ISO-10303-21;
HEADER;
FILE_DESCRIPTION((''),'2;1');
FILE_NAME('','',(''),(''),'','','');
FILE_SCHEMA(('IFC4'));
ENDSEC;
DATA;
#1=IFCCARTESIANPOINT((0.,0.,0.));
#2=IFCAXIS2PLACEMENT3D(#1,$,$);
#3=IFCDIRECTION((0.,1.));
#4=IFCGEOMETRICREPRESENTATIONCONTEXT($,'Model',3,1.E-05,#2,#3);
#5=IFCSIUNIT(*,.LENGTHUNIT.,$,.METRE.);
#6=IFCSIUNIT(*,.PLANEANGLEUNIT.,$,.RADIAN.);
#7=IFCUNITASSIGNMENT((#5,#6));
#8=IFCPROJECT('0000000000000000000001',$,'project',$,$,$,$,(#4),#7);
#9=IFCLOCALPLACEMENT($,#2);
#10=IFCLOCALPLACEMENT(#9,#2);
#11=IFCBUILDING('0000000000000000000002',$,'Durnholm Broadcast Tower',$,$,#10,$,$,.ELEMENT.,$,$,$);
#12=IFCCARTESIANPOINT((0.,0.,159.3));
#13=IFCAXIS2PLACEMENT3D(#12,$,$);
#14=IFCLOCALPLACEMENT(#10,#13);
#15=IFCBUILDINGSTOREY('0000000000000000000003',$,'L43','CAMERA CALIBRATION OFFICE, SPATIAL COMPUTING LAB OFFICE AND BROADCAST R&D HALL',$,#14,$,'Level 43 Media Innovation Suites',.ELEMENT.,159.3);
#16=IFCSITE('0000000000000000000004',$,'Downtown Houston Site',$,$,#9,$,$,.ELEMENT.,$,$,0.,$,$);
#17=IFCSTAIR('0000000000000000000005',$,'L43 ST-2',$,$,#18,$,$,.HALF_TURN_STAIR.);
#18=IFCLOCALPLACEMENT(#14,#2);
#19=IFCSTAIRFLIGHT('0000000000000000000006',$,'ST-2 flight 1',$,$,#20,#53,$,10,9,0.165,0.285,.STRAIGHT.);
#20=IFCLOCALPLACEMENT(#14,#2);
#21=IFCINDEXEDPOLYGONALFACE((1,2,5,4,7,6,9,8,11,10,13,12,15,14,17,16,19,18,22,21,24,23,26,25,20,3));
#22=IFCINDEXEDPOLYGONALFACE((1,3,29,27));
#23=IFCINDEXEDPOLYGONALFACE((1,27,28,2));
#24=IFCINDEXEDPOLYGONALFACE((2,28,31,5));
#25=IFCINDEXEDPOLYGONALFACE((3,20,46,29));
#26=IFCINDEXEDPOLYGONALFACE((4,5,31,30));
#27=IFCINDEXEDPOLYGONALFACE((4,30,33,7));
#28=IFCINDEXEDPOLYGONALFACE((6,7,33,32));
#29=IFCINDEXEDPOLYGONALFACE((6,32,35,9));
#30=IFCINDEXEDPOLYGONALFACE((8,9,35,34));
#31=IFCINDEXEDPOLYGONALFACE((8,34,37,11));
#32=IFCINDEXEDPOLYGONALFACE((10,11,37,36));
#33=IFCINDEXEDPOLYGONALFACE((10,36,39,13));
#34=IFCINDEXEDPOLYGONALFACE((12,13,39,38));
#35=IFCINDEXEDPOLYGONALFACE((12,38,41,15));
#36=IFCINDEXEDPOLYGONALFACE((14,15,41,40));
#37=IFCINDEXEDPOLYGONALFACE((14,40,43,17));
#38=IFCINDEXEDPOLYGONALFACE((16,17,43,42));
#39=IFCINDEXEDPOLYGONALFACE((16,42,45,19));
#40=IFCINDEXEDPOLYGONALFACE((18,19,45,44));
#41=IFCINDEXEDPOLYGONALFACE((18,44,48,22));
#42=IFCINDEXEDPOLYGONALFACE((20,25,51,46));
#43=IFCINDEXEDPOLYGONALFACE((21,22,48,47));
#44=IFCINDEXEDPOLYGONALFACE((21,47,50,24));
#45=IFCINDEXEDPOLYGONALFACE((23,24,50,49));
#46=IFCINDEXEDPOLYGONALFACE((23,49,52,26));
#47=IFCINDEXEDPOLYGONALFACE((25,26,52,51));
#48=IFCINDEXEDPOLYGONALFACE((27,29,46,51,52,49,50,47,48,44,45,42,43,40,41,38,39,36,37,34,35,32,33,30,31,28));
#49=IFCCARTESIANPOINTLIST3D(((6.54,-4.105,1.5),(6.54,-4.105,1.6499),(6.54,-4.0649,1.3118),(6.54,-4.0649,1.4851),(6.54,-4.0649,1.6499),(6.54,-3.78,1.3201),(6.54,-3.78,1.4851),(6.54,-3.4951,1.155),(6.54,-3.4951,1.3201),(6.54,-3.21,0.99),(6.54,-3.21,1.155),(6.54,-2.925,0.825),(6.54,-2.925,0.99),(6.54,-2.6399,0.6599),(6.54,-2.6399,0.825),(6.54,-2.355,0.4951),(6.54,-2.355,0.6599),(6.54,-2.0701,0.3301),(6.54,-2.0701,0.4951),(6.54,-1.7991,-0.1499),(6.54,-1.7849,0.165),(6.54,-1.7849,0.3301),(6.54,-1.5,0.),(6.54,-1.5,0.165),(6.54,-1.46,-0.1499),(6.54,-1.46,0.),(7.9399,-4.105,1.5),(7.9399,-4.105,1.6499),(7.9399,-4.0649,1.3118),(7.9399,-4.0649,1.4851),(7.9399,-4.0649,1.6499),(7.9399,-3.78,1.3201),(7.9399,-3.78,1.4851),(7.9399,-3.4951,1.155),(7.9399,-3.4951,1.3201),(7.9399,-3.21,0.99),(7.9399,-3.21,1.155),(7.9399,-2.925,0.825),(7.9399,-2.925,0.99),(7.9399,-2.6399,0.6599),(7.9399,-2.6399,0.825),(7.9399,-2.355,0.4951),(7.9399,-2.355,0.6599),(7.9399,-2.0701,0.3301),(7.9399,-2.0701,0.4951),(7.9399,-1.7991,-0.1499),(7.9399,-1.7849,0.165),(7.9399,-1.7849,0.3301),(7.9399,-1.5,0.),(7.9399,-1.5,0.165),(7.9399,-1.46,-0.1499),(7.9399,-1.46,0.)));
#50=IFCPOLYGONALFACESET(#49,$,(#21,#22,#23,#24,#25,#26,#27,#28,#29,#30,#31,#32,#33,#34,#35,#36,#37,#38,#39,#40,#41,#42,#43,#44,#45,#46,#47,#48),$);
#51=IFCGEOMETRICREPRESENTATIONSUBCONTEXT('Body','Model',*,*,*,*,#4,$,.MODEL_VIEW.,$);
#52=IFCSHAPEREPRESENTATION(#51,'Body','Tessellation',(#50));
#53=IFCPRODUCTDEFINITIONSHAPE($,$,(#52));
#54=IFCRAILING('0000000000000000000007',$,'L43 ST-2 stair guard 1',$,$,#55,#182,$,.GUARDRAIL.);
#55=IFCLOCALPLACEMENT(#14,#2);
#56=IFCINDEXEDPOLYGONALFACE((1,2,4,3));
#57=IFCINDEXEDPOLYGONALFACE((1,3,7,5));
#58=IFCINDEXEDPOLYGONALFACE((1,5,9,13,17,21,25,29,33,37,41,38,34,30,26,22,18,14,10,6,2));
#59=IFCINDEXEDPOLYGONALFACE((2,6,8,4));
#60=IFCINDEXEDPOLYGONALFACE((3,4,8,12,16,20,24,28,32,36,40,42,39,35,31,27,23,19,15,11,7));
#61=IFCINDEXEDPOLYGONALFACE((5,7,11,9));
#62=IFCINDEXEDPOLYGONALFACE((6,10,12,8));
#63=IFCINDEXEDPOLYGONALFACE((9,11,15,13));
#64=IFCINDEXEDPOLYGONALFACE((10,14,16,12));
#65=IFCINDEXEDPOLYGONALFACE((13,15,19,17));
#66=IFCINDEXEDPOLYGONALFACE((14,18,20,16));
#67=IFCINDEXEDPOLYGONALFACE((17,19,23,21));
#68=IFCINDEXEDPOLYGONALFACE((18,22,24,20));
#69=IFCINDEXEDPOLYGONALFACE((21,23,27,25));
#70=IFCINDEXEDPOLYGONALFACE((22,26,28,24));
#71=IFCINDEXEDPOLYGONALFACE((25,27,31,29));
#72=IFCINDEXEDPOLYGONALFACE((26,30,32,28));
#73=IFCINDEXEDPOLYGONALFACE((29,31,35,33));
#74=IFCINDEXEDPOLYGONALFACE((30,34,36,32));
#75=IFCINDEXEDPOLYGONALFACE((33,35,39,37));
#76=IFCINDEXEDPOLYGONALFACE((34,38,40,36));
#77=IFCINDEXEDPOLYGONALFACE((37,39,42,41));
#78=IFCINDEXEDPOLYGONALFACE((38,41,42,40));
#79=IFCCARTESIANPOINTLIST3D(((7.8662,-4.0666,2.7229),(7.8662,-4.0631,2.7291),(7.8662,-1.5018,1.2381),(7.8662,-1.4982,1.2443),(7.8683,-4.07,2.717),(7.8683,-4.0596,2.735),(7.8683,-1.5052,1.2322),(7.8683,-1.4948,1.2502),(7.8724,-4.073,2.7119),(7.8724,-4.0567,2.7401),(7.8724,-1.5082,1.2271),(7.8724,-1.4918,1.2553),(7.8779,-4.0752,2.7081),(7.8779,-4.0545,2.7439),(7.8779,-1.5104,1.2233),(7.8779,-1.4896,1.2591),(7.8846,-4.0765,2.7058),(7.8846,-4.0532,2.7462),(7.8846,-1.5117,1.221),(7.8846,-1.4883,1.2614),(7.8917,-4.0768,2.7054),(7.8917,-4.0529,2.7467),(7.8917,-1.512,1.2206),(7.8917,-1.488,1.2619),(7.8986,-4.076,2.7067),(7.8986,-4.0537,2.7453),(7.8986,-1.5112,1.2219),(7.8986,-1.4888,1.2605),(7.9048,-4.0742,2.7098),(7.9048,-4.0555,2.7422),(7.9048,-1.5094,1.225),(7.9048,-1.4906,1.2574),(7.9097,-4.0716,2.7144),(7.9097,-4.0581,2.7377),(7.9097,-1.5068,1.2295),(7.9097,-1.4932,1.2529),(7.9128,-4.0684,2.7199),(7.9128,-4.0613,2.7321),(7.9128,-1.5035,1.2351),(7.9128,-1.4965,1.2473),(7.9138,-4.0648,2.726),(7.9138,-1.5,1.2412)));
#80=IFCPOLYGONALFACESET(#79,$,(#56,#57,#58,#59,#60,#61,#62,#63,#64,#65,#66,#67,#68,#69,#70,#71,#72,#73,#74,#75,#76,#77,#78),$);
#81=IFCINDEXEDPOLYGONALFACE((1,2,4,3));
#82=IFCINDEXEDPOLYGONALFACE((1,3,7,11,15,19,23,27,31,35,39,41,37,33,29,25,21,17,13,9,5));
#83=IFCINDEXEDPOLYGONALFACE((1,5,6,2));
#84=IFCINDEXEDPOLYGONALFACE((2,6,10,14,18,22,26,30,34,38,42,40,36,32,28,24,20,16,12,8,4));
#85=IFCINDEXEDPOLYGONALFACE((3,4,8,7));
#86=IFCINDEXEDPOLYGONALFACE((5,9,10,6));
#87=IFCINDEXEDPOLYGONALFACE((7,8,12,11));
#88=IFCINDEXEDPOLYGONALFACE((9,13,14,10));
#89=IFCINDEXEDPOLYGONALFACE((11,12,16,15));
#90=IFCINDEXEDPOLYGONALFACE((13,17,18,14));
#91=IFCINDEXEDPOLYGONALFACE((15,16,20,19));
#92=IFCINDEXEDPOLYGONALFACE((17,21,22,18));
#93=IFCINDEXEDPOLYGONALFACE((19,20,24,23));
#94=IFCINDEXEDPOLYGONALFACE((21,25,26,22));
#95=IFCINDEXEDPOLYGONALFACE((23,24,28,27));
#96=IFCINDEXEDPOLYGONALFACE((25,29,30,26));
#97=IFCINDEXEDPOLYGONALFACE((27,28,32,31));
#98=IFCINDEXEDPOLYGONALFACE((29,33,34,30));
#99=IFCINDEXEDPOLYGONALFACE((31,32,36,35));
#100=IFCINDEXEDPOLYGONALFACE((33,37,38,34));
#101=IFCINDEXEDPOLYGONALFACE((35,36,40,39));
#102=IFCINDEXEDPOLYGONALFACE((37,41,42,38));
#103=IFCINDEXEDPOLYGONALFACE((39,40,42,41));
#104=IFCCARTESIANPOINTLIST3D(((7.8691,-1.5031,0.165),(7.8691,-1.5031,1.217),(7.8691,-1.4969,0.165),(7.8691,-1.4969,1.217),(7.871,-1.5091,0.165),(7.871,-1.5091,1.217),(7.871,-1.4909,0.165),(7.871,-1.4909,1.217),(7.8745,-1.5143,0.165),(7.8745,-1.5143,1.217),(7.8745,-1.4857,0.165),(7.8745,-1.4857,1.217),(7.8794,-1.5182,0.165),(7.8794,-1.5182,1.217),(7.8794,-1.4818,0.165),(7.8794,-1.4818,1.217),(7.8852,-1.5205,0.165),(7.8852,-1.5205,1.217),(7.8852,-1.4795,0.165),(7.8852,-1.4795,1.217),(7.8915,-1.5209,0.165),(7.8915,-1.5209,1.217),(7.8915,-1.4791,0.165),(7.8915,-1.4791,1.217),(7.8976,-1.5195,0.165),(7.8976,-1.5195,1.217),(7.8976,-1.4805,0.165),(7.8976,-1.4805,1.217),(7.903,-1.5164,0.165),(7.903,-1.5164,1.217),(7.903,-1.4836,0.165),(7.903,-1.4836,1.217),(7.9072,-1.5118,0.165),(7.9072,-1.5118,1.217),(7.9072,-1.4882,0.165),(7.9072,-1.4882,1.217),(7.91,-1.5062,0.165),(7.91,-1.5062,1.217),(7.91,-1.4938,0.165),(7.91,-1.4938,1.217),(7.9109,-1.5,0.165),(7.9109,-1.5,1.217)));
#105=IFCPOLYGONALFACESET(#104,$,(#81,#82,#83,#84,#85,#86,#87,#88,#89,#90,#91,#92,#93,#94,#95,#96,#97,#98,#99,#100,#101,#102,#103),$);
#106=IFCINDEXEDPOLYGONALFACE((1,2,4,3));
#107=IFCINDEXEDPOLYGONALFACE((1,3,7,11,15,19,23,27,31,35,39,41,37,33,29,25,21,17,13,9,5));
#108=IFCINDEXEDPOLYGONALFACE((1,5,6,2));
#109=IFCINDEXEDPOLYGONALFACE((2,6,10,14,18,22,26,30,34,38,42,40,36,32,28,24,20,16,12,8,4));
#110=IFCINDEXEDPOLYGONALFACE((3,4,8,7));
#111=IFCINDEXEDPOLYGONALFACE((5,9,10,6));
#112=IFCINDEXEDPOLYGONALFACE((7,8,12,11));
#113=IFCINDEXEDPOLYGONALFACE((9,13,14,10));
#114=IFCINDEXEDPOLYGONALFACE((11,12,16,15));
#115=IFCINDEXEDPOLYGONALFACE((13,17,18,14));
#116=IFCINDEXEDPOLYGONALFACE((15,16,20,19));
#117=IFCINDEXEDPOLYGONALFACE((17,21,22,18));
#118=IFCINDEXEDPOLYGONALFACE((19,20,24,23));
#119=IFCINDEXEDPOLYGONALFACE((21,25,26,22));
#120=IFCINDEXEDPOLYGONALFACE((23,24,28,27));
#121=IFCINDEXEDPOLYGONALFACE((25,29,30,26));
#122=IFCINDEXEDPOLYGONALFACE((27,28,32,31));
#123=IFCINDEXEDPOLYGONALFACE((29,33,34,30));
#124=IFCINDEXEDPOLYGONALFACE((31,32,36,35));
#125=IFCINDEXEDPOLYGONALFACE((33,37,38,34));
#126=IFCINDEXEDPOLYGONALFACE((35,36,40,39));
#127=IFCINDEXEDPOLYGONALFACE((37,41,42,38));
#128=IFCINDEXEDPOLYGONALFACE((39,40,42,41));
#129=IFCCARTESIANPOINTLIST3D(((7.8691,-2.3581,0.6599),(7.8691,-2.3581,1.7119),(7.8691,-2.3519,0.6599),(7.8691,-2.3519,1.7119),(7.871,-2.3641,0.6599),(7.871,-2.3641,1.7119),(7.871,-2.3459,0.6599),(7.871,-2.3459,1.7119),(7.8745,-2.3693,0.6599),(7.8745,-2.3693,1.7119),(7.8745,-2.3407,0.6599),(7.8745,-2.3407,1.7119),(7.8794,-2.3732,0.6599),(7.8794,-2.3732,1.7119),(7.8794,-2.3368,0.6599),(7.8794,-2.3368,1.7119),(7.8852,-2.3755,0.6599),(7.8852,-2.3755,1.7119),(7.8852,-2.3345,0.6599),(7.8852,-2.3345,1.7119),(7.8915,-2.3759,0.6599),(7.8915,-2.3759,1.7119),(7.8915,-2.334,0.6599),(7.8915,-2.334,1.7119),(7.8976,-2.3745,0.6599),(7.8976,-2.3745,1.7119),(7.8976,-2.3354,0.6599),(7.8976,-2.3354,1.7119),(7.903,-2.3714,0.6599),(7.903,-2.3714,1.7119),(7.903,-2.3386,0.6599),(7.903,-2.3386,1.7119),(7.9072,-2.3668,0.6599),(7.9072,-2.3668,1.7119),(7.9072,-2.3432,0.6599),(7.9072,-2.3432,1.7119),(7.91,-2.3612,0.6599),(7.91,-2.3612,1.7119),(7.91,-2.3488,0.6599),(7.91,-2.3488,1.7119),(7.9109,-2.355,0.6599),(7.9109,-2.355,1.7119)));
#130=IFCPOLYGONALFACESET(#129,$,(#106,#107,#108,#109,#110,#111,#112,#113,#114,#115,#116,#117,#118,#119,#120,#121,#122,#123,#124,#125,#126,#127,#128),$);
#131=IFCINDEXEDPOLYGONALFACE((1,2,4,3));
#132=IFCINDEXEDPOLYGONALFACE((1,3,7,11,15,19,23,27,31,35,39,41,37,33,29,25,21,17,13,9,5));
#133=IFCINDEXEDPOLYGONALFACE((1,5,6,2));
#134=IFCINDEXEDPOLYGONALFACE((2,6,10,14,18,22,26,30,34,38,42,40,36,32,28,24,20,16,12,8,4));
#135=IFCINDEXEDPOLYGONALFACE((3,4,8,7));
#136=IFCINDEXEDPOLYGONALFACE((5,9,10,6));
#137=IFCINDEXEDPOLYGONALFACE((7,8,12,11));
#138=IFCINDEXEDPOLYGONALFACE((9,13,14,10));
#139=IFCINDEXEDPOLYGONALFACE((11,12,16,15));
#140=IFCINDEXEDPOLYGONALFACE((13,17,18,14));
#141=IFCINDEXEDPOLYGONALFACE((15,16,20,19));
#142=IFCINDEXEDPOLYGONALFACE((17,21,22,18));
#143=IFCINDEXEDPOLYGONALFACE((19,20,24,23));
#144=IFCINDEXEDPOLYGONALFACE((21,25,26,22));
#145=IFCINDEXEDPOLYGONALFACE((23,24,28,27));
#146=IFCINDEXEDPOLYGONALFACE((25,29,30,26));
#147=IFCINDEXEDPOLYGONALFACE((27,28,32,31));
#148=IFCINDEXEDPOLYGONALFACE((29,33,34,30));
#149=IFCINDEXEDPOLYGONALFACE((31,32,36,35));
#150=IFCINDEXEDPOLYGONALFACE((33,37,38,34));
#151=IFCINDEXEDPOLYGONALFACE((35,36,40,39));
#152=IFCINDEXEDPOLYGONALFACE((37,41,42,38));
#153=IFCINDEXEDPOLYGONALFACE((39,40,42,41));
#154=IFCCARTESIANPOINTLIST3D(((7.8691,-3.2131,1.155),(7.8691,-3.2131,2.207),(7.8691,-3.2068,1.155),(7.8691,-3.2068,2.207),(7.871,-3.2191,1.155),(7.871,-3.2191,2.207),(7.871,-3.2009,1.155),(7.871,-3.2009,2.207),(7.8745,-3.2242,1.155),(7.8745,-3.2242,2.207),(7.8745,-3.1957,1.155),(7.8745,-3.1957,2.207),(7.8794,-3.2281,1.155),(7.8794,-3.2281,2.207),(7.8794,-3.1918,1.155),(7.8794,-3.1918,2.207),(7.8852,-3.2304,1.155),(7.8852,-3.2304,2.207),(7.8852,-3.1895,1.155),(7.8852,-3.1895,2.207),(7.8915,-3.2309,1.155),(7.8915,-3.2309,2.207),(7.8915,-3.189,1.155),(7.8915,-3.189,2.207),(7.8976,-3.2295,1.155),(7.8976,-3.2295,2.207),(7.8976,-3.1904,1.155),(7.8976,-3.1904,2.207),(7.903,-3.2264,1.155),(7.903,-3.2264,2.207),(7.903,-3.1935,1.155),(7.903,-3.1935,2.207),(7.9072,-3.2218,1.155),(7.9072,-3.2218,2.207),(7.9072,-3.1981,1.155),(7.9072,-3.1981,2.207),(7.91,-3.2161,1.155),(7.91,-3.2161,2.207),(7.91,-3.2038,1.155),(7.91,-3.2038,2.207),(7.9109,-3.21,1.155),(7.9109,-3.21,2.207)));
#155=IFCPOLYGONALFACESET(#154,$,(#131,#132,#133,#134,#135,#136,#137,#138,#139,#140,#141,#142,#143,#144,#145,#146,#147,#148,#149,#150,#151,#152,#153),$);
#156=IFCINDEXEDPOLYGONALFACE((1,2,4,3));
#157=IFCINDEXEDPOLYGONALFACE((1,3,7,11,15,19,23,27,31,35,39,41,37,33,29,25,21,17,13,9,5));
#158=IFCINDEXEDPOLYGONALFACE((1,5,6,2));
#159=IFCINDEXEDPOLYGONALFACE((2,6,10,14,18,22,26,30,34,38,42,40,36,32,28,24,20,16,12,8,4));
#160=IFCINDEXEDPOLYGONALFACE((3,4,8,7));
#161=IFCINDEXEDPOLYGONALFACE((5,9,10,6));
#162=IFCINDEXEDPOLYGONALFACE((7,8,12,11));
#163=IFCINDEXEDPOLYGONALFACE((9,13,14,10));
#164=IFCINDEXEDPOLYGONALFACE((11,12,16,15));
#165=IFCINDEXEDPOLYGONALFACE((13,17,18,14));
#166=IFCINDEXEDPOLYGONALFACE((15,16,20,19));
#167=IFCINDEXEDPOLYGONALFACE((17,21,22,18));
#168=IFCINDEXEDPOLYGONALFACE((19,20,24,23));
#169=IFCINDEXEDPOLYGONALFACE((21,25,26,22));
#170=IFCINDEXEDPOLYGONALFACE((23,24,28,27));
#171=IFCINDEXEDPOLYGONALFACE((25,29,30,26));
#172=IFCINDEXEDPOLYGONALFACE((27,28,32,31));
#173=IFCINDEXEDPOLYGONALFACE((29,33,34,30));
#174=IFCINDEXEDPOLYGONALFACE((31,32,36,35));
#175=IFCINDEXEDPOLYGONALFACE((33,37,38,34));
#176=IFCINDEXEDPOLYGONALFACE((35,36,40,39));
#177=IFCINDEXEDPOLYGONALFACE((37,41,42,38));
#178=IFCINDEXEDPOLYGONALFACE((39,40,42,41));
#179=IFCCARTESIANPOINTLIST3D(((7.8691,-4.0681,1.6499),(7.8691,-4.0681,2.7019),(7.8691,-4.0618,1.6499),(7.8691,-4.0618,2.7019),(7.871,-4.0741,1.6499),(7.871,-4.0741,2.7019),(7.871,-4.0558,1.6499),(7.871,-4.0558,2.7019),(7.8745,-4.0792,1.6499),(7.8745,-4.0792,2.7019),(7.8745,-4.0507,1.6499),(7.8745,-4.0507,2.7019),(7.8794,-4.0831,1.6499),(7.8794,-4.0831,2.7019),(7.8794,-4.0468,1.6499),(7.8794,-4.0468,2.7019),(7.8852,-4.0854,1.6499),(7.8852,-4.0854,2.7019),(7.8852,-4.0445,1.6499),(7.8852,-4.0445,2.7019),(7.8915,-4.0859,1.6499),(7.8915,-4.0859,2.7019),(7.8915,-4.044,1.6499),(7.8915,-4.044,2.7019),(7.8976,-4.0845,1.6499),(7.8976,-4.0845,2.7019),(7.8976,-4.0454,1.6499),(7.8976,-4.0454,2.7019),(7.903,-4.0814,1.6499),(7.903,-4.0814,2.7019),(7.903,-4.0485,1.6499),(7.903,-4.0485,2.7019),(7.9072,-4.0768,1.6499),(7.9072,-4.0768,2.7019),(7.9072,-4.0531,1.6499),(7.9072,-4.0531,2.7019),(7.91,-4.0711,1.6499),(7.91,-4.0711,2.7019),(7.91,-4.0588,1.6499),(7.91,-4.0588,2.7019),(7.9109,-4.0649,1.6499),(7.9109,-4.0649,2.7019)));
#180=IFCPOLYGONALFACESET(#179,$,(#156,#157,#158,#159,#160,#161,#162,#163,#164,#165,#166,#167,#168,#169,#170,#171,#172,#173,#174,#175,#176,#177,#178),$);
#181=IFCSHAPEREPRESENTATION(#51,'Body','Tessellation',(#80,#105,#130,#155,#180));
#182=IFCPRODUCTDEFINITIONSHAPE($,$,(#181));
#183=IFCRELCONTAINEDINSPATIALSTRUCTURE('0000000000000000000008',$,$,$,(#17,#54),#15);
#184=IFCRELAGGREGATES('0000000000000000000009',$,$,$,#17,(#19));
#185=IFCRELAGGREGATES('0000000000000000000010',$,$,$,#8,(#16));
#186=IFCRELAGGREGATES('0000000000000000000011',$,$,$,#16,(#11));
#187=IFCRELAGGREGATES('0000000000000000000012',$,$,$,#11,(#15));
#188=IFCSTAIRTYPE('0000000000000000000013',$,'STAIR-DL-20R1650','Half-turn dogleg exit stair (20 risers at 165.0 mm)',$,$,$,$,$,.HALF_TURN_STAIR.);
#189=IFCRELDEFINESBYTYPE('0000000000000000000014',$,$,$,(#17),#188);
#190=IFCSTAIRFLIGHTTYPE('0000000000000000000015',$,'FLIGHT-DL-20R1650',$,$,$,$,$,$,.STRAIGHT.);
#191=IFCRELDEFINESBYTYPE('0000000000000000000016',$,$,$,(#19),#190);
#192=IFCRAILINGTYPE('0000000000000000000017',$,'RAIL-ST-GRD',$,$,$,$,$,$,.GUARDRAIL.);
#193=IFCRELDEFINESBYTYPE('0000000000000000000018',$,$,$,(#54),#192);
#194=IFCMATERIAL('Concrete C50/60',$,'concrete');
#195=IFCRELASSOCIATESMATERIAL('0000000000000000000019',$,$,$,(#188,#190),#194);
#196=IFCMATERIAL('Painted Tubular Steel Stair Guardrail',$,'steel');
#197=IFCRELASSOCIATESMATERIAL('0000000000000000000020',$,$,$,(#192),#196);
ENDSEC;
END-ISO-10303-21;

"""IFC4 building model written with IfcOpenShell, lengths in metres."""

from ifc_helpers import new_model, si_unit, direction, frame, origin, origin_2d, place, context, subcontext, project, spatial, polyline, circle, outline, extrude, material, type_object, element, aggregate, save


model = new_model("IFC4")

# Units and contexts
model_context = context("Model", 3, precision=1e-05, world=origin(), true_north=direction((0.0, 1.0)))
body_context = subcontext(model_context, "Body", "Model", "MODEL_VIEW")
ifc_project = project(units=[si_unit("LENGTHUNIT", "METRE"), si_unit("PLANEANGLEUNIT", "RADIAN")], contexts=[model_context])

# Site, building, storey
site_placement = place(None, origin())
site = spatial("IfcSite", under=ifc_project, at=site_placement, Name="Downtown Houston Site", CompositionType="ELEMENT", RefElevation=0.0)
building_placement = place(site_placement, origin())
building = spatial("IfcBuilding", under=site, at=building_placement, Name="Durnholm Broadcast Tower", CompositionType="ELEMENT")
storey_placement = place(building_placement, frame((0.0, 0.0, 159.3)))
storey = spatial("IfcBuildingStorey", under=building, at=storey_placement, Name="L43", Description="CAMERA CALIBRATION OFFICE, SPATIAL COMPUTING LAB OFFICE AND BROADCAST R&D HALL", LongName="Level 43 Media Innovation Suites", CompositionType="ELEMENT", Elevation=159.3)

# Shared definitions
ifc_material_1 = material(Name="Concrete C50/60", Category="concrete")

# Stair, stair flight
stair_type = type_object("IfcStairType", Name="STAIR-DL-20R1650", Description="Half-turn dogleg exit stair (20 risers at 165.0 mm)", PredefinedType="HALF_TURN_STAIR", material=ifc_material_1)
stair_placement = place(storey_placement, origin())
stair = element("IfcStair", 1, at=stair_placement, inside=storey, type_object=stair_type, Name="L43 ST-2", PredefinedType="HALF_TURN_STAIR")
stair_flight_type = type_object("IfcStairFlightType", Name="FLIGHT-DL-20R1650", PredefinedType="STRAIGHT", material=ifc_material_1)
stair_flight_placement = place(storey_placement, frame((7.24, -1.5, 0.0), z_axis=(0.0, 0.0, 1.0), x_axis=(0.0, -1.0, 0.0)))
stair_flight = element("IfcStairFlight", 2, at=stair_flight_placement, type_object=stair_flight_type, Name="ST-2 flight 1", NumberOfRisers=10, NumberOfTreads=9, PredefinedType="STRAIGHT", RiserHeight=0.165, TreadLength=0.285, context=body_context, shape_type="SweptSolid", body=[
    extrude(outline(polyline([(-0.04, -0.1499), (-0.04, 0.0), (0.0, 0.0), (0.0, 0.165), (0.2849, 0.165), (0.2849, 0.3301), (0.5701, 0.3301), (0.5701, 0.4951), (0.855, 0.4951), (0.855, 0.6599), (1.1399, 0.6599), (1.1399, 0.825), (1.425, 0.825), (1.425, 0.99), (1.71, 0.99), (1.71, 1.155), (1.9951, 1.155), (1.9951, 1.3201), (2.28, 1.3201), (2.28, 1.4851), (2.5649, 1.4851), (2.5649, 1.6499), (2.605, 1.6499), (2.605, 1.5), (2.5649, 1.3118), (0.2991, -0.1499), (-0.04, -0.1499)])), frame((0.0, 0.7, 0.0), z_axis=(0.0, -1.0, 0.0), x_axis=(1.0, 0.0, 0.0)), (0.0, 0.0, 1.0), 1.3999),
])
aggregate(stair, [stair_flight])

# Railing
ifc_material_2 = material(Name="Painted Tubular Steel Stair Guardrail", Category="steel")
railing_type_1 = type_object("IfcRailingType", Name="RAIL-ST-GRD", PredefinedType="GUARDRAIL", material=ifc_material_2)
railing_1_placement = place(storey_placement, frame((7.8899, -1.5, 0.165)))
element("IfcRailing", 3, at=railing_1_placement, inside=storey, type_object=railing_type_1, Name="L43 ST-2 stair guard 1", PredefinedType="GUARDRAIL", context=body_context, shape_type="SweptSolid", body=[
    extrude(circle(Radius=0.0239, at=origin_2d()), frame((0.0, 0.0, 1.0762), z_axis=(0.0, -0.865441, 0.50101), x_axis=(1.0, 0.0, 0.0)), (0.0, 0.0, 1.0), 2.9636),
    extrude(circle(Radius=0.021, at=origin_2d()), origin(), (0.0, 0.0, 1.0), 1.052),
    extrude(circle(Radius=0.021, at=origin_2d()), frame((0.0, -0.855, 0.4949)), (0.0, 0.0, 1.0), 1.052),
    extrude(circle(Radius=0.021, at=origin_2d()), frame((0.0, -1.71, 0.99)), (0.0, 0.0, 1.0), 1.052),
    extrude(circle(Radius=0.021, at=origin_2d()), frame((0.0, -2.5649, 1.4849)), (0.0, 0.0, 1.0), 1.052),
])

save(model, "model.ifc")
